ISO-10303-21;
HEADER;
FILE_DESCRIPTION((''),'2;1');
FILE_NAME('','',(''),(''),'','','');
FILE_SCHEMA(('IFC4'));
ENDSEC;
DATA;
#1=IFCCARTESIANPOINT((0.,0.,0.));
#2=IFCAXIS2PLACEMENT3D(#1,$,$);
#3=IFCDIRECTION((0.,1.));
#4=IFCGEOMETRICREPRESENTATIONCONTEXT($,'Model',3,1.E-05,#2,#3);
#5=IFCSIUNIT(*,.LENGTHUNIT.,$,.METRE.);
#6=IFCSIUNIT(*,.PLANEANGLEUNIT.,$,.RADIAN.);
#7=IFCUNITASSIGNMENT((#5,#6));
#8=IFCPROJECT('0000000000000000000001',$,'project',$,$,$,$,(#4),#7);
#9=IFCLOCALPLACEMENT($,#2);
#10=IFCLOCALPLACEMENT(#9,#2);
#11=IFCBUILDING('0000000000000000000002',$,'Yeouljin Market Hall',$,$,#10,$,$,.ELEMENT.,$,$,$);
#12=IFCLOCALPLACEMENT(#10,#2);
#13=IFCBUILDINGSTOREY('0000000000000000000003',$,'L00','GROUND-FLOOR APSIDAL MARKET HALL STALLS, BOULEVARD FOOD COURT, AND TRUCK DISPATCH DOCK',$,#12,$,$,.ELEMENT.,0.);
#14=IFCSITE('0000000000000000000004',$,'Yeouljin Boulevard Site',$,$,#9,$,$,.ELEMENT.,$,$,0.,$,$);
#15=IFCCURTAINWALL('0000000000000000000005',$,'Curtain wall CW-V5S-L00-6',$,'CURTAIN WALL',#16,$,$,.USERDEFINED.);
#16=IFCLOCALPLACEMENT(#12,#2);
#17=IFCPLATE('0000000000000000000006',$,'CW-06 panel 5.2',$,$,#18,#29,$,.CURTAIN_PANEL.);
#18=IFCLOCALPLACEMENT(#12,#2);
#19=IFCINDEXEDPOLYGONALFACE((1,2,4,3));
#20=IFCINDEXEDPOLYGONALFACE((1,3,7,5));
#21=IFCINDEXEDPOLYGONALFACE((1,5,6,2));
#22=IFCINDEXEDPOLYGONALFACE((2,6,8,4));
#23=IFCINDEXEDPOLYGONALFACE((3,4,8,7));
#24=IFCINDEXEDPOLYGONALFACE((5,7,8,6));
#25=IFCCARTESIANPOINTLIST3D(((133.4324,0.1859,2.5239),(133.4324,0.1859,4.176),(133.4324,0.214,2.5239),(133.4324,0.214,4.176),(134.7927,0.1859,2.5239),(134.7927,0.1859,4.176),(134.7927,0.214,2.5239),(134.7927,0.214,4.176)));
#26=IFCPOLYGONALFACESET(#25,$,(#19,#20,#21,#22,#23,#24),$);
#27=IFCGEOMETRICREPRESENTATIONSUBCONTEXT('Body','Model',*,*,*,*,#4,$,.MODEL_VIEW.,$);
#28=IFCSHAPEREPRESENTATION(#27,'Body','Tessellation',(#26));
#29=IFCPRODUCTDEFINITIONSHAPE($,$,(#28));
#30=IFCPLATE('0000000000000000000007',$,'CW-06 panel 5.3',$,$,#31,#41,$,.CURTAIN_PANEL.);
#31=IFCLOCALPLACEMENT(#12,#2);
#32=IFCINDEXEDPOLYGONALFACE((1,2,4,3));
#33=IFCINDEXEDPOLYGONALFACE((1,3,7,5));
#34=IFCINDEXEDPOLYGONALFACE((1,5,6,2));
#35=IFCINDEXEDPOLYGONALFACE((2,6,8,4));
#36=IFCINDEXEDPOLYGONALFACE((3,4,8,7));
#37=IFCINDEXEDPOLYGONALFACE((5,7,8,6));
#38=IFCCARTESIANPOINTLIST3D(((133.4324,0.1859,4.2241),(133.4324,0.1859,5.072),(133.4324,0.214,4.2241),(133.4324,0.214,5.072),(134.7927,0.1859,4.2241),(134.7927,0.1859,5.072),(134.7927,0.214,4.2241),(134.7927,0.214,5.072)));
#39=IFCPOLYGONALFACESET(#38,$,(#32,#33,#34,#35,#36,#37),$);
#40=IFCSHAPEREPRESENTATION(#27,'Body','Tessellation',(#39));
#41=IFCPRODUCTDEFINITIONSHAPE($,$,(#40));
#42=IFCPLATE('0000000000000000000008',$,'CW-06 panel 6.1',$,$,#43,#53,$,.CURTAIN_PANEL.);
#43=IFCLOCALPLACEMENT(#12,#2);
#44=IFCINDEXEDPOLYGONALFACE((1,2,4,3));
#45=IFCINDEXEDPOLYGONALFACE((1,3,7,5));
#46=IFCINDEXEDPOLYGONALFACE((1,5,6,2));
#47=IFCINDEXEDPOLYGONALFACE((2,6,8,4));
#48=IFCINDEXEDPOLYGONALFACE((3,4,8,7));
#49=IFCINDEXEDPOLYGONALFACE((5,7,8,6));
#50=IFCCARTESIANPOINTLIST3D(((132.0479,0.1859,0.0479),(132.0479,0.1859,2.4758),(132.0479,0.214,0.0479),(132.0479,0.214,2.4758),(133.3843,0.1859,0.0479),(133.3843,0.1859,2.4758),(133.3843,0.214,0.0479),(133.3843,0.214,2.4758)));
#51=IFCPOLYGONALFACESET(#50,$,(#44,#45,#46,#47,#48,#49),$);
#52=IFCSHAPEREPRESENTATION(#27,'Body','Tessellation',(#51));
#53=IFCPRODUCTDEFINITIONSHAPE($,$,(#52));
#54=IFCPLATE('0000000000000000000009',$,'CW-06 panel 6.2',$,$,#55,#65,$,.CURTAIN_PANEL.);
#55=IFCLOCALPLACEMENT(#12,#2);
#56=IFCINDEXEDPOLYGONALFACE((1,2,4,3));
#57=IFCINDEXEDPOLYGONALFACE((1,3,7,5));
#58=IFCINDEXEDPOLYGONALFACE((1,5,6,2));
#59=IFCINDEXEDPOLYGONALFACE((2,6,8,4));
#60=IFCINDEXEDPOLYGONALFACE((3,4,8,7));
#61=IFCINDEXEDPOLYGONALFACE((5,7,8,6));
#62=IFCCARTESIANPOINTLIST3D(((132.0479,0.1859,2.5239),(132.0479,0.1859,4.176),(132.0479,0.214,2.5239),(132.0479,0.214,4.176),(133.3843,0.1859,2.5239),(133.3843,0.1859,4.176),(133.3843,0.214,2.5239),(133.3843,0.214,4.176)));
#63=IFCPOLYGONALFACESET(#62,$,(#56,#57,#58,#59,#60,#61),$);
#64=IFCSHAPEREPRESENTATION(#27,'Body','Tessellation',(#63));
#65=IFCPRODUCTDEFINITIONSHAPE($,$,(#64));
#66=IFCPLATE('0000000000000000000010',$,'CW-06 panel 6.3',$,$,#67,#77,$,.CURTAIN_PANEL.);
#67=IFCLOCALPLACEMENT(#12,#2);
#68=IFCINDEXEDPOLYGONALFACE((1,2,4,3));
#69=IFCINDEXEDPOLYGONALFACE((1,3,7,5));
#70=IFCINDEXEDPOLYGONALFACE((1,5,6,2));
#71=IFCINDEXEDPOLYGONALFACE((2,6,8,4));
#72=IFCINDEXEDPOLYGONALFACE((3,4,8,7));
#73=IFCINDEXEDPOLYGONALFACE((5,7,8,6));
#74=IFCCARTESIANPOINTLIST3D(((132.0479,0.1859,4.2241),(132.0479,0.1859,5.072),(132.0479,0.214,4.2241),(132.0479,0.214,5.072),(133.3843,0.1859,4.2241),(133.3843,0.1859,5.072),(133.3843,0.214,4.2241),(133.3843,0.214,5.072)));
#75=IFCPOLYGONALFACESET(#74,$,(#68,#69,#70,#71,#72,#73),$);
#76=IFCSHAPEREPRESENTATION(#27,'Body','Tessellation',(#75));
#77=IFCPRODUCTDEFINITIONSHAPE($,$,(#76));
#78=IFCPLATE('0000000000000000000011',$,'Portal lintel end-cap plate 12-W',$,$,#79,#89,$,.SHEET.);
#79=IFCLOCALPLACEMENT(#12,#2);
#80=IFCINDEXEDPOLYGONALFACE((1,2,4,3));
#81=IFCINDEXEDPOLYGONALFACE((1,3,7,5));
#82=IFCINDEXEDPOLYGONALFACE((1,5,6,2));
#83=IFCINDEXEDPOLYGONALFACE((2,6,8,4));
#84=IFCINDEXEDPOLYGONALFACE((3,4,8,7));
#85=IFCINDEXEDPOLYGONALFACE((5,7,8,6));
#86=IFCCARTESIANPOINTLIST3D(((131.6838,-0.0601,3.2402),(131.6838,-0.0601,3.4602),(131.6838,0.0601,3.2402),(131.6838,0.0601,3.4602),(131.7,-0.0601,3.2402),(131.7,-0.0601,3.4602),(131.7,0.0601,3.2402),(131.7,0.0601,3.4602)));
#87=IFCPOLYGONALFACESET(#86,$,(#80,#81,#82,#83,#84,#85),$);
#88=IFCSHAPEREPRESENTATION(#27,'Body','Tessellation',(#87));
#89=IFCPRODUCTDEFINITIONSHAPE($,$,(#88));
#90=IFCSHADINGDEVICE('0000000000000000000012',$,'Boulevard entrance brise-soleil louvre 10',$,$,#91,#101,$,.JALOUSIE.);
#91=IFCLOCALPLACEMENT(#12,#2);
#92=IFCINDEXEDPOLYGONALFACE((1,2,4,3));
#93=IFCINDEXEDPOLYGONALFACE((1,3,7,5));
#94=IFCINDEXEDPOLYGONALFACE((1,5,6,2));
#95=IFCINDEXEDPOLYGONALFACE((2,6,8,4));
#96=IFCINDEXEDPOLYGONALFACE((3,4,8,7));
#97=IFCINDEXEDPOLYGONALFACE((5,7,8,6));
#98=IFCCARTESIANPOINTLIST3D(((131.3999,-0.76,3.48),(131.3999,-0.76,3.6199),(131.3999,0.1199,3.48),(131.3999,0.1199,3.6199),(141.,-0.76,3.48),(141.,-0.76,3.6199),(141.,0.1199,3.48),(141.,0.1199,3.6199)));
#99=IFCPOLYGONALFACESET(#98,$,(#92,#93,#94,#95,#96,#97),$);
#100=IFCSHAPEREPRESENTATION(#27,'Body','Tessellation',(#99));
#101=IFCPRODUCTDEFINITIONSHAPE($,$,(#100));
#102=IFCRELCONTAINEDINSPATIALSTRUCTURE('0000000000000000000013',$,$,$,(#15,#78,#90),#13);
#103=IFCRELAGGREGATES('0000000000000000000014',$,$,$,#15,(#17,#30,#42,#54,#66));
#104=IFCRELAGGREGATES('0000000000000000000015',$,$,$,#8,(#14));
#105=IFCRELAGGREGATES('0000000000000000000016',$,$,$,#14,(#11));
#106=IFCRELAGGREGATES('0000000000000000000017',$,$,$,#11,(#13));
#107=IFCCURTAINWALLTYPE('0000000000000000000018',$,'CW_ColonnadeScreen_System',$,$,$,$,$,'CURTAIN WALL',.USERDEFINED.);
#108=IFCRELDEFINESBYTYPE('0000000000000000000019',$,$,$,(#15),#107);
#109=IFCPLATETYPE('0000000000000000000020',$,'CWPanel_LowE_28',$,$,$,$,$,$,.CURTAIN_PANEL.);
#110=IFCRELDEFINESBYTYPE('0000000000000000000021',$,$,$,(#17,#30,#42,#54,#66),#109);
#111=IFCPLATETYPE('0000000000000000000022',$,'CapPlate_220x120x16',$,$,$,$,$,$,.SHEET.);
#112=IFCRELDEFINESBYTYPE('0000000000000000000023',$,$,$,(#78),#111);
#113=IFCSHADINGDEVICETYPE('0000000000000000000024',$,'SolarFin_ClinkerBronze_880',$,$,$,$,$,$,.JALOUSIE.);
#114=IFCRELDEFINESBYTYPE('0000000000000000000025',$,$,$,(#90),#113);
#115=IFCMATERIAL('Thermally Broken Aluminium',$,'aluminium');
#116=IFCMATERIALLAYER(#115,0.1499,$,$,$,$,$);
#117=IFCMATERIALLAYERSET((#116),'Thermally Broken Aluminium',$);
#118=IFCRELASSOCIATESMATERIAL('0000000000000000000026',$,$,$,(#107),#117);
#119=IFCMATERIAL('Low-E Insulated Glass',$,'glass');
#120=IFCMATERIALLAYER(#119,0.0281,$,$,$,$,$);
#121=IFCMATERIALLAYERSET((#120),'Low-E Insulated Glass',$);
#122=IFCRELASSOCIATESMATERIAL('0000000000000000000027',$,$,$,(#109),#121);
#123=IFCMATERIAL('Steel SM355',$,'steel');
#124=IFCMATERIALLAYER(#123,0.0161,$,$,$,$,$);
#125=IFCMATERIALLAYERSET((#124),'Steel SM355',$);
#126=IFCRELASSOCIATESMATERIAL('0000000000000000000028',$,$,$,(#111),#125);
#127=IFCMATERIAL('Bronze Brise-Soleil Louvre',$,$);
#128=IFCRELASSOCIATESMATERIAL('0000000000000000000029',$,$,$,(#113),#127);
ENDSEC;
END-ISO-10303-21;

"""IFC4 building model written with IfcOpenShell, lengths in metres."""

from ifc_helpers import new_model, si_unit, direction, frame, origin, origin_2d, place, context, subcontext, project, spatial, rectangle, extrude, material, layer, layer_set, type_object, element, aggregate, save


model = new_model("IFC4")

# Units and contexts
model_context = context("Model", 3, precision=1e-05, world=origin(), true_north=direction((0.0, 1.0)))
body_context = subcontext(model_context, "Body", "Model", "MODEL_VIEW")
ifc_project = project(units=[si_unit("LENGTHUNIT", "METRE"), si_unit("PLANEANGLEUNIT", "RADIAN")], contexts=[model_context])

# Site, building, storey
site_placement = place(None, origin())
site = spatial("IfcSite", under=ifc_project, at=site_placement, Name="Yeouljin Boulevard Site", CompositionType="ELEMENT", RefElevation=0.0)
building_placement = place(site_placement, origin())
building = spatial("IfcBuilding", under=site, at=building_placement, Name="Yeouljin Market Hall", CompositionType="ELEMENT")
storey_placement = place(building_placement, origin())
storey = spatial("IfcBuildingStorey", under=building, at=storey_placement, Name="L00", Description="GROUND-FLOOR APSIDAL MARKET HALL STALLS, BOULEVARD FOOD COURT, AND TRUCK DISPATCH DOCK", CompositionType="ELEMENT", Elevation=0.0)

# Curtain wall
ifc_material_1 = material(Name="Thermally Broken Aluminium", Category="aluminium")
ifc_layer_1 = layer(ifc_material_1, 0.1499)
ifc_layer_set_1 = layer_set([ifc_layer_1], Name="Thermally Broken Aluminium")
curtain_wall_type = type_object("IfcCurtainWallType", Name="CW_ColonnadeScreen_System", ElementType="CURTAIN WALL", PredefinedType="USERDEFINED", material=ifc_layer_set_1)
curtain_wall_placement = place(storey_placement, origin())
curtain_wall = element("IfcCurtainWall", 1, at=curtain_wall_placement, inside=storey, type_object=curtain_wall_type, Name="Curtain wall CW-V5S-L00-6", ObjectType="CURTAIN WALL", PredefinedType="USERDEFINED")

# Plates
ifc_material_2 = material(Name="Low-E Insulated Glass", Category="glass")
ifc_layer_2 = layer(ifc_material_2, 0.0281)
ifc_layer_set_2 = layer_set([ifc_layer_2], Name="Low-E Insulated Glass")
plate_type_1 = type_object("IfcPlateType", Name="CWPanel_LowE_28", PredefinedType="CURTAIN_PANEL", material=ifc_layer_set_2)
plate_1_placement = place(storey_placement, frame((134.1125, 0.2, 2.5239), z_axis=(0.0, 0.0, 1.0), x_axis=(-1.0, 0.0, 0.0)))
plate_1 = element("IfcPlate", 2, at=plate_1_placement, type_object=plate_type_1, Name="CW-06 panel 5.2", PredefinedType="CURTAIN_PANEL", context=body_context, shape_type="SweptSolid", body=[
    extrude(rectangle(XDim=1.3604, YDim=0.0281, at=origin_2d()), origin(), (0.0, 0.0, 1.0), 1.6521),
])
plate_2_placement = place(storey_placement, frame((134.1125, 0.2, 4.2241), z_axis=(0.0, 0.0, 1.0), x_axis=(-1.0, 0.0, 0.0)))
plate_2 = element("IfcPlate", 3, at=plate_2_placement, type_object=plate_type_1, Name="CW-06 panel 5.3", PredefinedType="CURTAIN_PANEL", context=body_context, shape_type="SweptSolid", body=[
    extrude(rectangle(XDim=1.3604, YDim=0.0281, at=origin_2d()), origin(), (0.0, 0.0, 1.0), 0.8479),
])
plate_3_placement = place(storey_placement, frame((132.7161, 0.2, 0.0479), z_axis=(0.0, 0.0, 1.0), x_axis=(-1.0, 0.0, 0.0)))
plate_3 = element("IfcPlate", 4, at=plate_3_placement, type_object=plate_type_1, Name="CW-06 panel 6.1", PredefinedType="CURTAIN_PANEL", context=body_context, shape_type="SweptSolid", body=[
    extrude(rectangle(XDim=1.3364, YDim=0.0281, at=origin_2d()), origin(), (0.0, 0.0, 1.0), 2.428),
])
plate_4_placement = place(storey_placement, frame((132.7161, 0.2, 2.5239), z_axis=(0.0, 0.0, 1.0), x_axis=(-1.0, 0.0, 0.0)))
plate_4 = element("IfcPlate", 5, at=plate_4_placement, type_object=plate_type_1, Name="CW-06 panel 6.2", PredefinedType="CURTAIN_PANEL", context=body_context, shape_type="SweptSolid", body=[
    extrude(rectangle(XDim=1.3364, YDim=0.0281, at=origin_2d()), origin(), (0.0, 0.0, 1.0), 1.6521),
])
plate_5_placement = place(storey_placement, frame((132.7161, 0.2, 4.2241), z_axis=(0.0, 0.0, 1.0), x_axis=(-1.0, 0.0, 0.0)))
plate_5 = element("IfcPlate", 6, at=plate_5_placement, type_object=plate_type_1, Name="CW-06 panel 6.3", PredefinedType="CURTAIN_PANEL", context=body_context, shape_type="SweptSolid", body=[
    extrude(rectangle(XDim=1.3364, YDim=0.0281, at=origin_2d()), origin(), (0.0, 0.0, 1.0), 0.8479),
])
aggregate(curtain_wall, [plate_1, plate_2, plate_3, plate_4, plate_5])
ifc_material_3 = material(Name="Steel SM355", Category="steel")
ifc_layer_3 = layer(ifc_material_3, 0.0161)
ifc_layer_set_3 = layer_set([ifc_layer_3], Name="Steel SM355")
plate_type_2 = type_object("IfcPlateType", Name="CapPlate_220x120x16", PredefinedType="SHEET", material=ifc_layer_set_3)
plate_6_placement = place(storey_placement, frame((131.6919, 0.0, 3.2402), z_axis=(0.0, 0.0, 1.0), x_axis=(0.0, 1.0, 0.0)))
element("IfcPlate", 7, at=plate_6_placement, inside=storey, type_object=plate_type_2, Name="Portal lintel end-cap plate 12-W", PredefinedType="SHEET", context=body_context, shape_type="SweptSolid", body=[
    extrude(rectangle(XDim=0.1201, YDim=0.0161, at=origin_2d()), origin(), (0.0, 0.0, 1.0), 0.22),
])

# Shading device
ifc_material_4 = material(Name="Bronze Brise-Soleil Louvre")
shading_device_type = type_object("IfcShadingDeviceType", Name="SolarFin_ClinkerBronze_880", PredefinedType="JALOUSIE", material=ifc_material_4)
shading_device_placement = place(storey_placement, frame((136.2, -0.3201, 3.48), z_axis=(0.0, 0.0, 1.0), x_axis=(1.0, 0.0, 0.0)))
element("IfcShadingDevice", 8, at=shading_device_placement, inside=storey, type_object=shading_device_type, Name="Boulevard entrance brise-soleil louvre 10", PredefinedType="JALOUSIE", context=body_context, shape_type="SweptSolid", body=[
    extrude(rectangle(XDim=9.6001, YDim=0.8799, at=origin_2d()), origin(), (0.0, 0.0, 1.0), 0.1399),
])

save(model, "model.ifc")
